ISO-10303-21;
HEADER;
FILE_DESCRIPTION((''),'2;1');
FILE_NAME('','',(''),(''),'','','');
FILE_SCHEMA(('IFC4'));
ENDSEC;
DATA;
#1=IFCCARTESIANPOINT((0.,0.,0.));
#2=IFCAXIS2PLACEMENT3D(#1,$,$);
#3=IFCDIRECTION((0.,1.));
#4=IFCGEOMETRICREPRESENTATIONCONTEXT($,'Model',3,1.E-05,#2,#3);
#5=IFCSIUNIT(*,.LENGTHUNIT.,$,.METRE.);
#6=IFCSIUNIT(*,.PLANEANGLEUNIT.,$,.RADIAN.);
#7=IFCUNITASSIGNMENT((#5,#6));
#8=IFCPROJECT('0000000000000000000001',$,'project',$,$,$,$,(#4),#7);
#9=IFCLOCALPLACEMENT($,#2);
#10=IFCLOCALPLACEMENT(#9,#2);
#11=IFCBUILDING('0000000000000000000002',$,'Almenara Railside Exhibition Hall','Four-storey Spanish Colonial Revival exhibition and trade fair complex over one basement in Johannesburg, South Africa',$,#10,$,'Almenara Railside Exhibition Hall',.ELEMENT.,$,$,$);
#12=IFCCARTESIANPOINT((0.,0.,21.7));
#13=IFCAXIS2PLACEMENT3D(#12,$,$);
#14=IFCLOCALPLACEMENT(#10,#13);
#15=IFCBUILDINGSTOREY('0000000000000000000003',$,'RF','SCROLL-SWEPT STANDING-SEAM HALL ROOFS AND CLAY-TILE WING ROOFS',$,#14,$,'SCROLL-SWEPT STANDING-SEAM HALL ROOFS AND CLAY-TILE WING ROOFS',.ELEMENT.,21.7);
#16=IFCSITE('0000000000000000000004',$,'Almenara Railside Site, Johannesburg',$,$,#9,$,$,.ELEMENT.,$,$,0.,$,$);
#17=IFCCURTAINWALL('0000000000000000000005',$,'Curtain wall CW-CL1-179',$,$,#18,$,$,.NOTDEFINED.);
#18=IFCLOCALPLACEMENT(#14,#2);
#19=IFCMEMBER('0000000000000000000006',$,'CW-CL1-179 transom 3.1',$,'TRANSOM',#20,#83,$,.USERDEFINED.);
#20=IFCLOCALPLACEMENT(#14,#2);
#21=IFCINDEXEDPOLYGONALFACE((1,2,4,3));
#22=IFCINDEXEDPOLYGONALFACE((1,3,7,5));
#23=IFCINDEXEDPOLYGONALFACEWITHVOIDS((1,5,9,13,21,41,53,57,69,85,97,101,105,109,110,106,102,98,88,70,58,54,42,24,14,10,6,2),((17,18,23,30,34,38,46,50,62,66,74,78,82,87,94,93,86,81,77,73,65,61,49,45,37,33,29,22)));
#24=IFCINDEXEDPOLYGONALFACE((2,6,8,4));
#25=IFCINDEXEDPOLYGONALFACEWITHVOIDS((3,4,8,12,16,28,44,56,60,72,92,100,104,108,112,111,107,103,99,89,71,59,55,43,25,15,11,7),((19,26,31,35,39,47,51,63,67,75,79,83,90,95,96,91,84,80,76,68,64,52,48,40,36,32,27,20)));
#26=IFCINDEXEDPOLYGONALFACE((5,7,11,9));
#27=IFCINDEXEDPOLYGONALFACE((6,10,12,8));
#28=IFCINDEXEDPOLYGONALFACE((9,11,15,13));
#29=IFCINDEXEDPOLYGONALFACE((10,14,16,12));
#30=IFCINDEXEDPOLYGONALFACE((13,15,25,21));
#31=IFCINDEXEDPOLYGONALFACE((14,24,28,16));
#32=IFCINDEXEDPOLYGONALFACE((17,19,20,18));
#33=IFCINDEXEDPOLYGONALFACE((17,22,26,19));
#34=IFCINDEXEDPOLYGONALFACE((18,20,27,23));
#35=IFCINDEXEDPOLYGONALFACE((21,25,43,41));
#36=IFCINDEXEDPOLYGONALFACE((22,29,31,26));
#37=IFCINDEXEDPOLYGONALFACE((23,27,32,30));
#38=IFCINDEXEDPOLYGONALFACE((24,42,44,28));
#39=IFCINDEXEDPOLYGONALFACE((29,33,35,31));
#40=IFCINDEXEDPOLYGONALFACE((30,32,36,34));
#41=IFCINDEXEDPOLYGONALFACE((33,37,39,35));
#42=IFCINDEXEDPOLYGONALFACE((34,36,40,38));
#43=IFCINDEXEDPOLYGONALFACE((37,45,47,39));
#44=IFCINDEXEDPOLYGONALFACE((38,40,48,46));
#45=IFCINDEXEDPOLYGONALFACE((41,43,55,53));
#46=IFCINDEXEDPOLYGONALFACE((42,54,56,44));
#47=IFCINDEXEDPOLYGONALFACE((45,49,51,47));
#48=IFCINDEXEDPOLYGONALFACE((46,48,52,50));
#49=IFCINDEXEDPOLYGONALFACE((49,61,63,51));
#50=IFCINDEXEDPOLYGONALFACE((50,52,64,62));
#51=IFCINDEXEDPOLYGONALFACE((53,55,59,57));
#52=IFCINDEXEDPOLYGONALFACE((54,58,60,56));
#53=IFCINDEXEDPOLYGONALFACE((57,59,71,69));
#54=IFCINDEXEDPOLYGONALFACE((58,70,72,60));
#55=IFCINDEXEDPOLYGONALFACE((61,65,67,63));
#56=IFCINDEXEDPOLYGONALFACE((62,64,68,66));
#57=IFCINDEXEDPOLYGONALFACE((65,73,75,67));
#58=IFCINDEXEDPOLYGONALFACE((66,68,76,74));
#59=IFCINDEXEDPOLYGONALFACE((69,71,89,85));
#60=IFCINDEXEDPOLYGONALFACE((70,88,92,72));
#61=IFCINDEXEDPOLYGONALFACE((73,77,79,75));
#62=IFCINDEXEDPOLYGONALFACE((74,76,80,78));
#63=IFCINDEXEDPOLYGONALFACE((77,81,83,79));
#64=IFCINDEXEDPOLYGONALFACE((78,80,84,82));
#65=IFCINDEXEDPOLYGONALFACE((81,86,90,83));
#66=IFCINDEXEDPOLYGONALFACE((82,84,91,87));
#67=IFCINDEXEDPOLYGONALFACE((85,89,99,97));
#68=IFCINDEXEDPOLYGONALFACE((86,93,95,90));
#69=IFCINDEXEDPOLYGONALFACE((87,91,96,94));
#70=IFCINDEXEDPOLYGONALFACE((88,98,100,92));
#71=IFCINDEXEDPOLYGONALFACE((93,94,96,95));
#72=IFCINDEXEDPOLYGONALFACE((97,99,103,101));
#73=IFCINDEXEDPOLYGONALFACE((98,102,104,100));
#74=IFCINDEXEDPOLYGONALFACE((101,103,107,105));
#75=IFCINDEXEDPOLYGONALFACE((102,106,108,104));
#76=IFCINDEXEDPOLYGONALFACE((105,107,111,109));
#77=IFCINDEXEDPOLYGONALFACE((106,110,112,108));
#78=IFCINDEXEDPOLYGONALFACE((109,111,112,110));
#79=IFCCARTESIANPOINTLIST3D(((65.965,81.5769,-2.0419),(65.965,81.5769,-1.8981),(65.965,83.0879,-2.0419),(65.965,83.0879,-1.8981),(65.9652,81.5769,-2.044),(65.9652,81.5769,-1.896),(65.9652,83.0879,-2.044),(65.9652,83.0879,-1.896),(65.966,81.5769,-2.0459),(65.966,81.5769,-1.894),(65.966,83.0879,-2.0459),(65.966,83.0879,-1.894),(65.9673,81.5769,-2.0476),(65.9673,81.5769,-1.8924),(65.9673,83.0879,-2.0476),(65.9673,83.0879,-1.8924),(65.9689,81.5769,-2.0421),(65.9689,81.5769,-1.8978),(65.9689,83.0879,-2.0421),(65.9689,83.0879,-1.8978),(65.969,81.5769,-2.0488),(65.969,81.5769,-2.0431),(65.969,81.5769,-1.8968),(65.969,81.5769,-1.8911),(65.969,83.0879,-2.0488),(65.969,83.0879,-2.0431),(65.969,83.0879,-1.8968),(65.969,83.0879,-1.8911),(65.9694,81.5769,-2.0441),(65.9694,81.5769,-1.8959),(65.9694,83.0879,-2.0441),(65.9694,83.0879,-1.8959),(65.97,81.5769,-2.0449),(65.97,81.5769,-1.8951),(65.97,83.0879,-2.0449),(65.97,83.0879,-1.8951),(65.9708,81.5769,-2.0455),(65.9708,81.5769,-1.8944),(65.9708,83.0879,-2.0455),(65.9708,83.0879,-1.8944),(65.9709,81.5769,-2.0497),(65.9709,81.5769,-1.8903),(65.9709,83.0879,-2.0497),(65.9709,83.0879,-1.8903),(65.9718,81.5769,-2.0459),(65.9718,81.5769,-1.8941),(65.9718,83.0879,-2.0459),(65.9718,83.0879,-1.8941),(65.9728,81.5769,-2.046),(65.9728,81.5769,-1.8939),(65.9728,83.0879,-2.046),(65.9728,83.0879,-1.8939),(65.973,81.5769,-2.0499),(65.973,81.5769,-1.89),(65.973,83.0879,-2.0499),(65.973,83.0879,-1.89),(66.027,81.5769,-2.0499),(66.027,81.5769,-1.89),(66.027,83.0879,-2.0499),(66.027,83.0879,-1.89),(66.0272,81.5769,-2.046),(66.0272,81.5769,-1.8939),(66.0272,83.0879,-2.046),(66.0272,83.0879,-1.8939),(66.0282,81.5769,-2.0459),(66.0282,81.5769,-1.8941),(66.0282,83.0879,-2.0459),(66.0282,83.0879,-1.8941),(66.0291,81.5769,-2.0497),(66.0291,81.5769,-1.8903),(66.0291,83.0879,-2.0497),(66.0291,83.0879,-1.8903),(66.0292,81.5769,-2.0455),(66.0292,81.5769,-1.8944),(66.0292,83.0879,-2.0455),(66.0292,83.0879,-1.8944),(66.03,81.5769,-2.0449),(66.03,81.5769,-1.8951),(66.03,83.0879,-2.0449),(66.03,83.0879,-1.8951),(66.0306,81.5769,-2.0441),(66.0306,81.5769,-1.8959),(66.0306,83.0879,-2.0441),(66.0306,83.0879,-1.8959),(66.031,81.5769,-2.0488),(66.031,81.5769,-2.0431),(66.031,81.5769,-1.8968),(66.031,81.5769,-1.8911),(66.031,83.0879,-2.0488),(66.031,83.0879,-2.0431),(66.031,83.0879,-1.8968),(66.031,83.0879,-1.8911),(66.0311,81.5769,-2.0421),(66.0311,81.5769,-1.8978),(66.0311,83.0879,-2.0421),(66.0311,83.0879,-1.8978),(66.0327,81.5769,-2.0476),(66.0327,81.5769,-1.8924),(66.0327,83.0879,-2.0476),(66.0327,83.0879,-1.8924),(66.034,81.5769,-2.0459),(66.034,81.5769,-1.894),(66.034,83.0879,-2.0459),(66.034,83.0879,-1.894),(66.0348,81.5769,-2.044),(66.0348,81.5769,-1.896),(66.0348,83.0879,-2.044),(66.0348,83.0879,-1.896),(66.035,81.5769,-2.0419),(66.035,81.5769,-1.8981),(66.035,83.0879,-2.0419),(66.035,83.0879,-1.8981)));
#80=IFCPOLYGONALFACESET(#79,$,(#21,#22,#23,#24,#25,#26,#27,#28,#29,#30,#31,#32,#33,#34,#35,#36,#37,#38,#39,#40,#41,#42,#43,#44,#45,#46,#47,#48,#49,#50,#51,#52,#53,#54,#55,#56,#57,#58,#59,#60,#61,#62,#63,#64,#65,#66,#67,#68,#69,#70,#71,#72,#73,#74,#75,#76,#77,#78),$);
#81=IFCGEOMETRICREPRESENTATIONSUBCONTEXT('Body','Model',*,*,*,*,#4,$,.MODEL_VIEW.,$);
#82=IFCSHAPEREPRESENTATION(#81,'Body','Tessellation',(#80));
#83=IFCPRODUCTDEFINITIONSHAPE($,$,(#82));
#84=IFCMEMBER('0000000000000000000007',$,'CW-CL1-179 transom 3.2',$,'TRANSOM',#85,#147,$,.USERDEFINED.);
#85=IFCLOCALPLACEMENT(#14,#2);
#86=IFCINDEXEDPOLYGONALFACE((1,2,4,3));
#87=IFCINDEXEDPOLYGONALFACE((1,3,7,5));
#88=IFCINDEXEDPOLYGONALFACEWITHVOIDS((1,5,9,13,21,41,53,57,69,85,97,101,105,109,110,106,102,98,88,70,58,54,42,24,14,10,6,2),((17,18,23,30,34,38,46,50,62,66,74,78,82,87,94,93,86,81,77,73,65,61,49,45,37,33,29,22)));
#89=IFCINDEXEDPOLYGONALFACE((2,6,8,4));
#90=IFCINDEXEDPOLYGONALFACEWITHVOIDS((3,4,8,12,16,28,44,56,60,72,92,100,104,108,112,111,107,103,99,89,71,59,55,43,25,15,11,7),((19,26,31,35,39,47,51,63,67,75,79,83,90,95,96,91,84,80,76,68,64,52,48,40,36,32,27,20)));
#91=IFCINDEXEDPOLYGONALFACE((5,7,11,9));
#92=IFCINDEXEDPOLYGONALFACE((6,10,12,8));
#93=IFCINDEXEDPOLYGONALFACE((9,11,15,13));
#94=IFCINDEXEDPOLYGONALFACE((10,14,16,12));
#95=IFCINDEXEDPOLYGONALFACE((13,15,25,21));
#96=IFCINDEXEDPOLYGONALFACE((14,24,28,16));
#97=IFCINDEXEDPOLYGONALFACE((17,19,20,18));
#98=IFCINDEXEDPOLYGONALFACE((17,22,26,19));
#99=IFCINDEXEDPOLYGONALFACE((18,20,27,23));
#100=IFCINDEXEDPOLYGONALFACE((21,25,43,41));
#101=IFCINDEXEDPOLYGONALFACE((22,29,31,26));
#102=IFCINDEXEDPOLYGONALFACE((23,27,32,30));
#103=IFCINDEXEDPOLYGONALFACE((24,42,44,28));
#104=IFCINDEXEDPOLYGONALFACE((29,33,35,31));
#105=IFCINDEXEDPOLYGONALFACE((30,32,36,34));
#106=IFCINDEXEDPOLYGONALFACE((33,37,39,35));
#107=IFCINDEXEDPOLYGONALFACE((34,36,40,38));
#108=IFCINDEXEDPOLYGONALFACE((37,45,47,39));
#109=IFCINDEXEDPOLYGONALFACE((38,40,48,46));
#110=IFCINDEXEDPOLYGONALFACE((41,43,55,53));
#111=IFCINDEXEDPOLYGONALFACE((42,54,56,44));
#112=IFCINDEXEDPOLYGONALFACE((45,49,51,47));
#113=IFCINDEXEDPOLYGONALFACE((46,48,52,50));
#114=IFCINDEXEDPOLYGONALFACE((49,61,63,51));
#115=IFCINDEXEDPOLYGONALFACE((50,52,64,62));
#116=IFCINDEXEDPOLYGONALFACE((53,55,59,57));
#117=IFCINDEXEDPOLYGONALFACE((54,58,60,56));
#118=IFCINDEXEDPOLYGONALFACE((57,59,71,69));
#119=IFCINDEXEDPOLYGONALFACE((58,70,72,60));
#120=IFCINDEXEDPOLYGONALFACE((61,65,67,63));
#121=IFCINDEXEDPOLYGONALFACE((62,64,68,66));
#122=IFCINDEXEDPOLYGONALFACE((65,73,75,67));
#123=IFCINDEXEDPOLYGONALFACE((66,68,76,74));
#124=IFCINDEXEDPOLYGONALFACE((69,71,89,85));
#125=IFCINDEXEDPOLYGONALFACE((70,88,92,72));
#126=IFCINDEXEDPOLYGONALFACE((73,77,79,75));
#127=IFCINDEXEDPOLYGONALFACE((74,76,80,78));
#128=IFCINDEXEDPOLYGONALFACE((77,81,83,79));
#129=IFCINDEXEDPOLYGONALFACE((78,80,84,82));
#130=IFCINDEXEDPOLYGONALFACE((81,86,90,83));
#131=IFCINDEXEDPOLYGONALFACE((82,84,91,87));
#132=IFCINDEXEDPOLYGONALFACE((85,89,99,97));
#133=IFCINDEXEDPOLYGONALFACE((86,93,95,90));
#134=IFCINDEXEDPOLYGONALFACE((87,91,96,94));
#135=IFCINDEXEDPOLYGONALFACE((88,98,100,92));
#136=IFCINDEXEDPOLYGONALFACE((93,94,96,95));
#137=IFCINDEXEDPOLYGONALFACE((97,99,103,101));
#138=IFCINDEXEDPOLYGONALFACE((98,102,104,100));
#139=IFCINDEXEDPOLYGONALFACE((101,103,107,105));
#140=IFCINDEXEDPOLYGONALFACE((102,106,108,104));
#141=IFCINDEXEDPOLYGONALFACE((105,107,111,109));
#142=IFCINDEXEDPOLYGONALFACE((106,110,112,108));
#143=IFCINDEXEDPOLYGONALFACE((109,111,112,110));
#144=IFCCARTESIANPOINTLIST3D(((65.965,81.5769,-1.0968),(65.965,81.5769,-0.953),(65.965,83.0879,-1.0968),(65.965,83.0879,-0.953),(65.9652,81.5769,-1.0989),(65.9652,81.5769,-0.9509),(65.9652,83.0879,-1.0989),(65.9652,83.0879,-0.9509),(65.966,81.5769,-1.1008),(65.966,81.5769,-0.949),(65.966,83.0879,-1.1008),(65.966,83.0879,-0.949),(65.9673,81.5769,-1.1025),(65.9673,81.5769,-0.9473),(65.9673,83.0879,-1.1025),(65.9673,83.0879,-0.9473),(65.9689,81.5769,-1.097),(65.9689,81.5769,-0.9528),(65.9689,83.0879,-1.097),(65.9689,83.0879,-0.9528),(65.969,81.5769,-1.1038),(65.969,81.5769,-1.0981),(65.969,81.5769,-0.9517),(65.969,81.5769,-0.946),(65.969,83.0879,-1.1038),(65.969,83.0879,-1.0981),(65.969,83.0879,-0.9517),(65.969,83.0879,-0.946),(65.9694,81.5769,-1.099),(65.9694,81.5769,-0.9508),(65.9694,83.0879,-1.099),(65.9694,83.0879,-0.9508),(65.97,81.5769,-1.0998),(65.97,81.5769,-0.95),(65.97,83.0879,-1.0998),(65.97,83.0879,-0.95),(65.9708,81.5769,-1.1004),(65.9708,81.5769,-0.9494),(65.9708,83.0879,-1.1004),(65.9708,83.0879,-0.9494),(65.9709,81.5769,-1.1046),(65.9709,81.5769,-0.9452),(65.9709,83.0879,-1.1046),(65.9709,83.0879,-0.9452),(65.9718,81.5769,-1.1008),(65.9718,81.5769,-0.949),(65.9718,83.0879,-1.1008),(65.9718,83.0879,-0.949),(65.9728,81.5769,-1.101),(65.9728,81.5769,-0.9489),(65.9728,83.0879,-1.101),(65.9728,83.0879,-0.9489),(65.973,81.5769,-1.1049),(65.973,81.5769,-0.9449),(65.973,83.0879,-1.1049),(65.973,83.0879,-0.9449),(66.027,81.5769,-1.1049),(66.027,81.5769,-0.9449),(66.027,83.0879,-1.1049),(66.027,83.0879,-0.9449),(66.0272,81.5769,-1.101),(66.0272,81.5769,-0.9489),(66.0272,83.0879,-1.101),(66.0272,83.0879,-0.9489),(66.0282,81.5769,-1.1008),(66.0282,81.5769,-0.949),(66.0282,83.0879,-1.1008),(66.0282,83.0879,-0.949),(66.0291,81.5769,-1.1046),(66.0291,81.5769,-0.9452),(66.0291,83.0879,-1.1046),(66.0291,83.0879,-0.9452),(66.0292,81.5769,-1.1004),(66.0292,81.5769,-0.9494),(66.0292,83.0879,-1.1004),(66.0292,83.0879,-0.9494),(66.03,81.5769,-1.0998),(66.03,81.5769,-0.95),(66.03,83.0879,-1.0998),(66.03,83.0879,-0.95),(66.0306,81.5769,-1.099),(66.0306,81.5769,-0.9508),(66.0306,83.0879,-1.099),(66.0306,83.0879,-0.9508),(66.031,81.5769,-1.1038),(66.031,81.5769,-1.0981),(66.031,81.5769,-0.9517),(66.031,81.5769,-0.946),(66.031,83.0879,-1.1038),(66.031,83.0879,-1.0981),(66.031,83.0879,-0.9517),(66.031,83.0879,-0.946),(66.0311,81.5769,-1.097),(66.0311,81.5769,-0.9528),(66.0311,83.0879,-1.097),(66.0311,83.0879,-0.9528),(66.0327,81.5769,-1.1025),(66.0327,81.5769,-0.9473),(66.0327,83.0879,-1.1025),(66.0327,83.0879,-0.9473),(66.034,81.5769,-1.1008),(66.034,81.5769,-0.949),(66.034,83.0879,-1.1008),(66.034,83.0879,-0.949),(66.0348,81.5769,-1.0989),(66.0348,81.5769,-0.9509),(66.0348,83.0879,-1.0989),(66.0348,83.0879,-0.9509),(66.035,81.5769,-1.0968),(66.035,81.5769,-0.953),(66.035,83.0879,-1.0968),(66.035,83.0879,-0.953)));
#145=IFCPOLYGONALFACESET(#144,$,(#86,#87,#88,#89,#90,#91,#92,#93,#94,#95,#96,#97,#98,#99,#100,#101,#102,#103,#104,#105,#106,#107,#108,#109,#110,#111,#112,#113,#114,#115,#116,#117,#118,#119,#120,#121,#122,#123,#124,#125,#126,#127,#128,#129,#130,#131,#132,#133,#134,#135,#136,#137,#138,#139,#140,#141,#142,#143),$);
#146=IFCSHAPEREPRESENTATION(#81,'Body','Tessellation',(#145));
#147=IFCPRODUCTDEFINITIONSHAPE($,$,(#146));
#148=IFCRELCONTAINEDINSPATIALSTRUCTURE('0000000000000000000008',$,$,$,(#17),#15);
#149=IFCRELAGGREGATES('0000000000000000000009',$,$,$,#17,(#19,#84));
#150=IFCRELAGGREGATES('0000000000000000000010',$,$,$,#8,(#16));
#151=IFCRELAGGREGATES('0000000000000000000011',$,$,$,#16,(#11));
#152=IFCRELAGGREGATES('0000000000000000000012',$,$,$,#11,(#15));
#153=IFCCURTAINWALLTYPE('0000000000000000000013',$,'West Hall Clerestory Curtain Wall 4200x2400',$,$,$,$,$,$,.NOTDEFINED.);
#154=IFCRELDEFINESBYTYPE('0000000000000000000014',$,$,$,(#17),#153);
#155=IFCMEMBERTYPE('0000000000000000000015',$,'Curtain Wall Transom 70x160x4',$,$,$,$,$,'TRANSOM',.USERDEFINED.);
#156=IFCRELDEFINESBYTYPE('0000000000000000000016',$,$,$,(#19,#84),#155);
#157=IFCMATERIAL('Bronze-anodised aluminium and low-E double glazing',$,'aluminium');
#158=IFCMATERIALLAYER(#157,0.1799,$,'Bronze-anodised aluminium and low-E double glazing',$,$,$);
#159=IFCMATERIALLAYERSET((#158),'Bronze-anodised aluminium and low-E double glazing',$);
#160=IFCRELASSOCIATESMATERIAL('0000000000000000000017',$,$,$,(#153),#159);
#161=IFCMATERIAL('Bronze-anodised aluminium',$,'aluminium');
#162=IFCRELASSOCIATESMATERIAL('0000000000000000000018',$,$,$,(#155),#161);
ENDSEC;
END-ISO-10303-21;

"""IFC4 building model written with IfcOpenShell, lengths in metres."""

from ifc_helpers import new_model, si_unit, direction, frame, origin, origin_2d, place, context, subcontext, project, spatial, hollow_rectangle, extrude, material, layer, layer_set, material_profile, profile_set, type_object, element, aggregate, save


model = new_model("IFC4")

# Units and contexts
model_context = context("Model", 3, precision=1e-05, world=origin(), true_north=direction((0.0, 1.0)))
body_context = subcontext(model_context, "Body", "Model", "MODEL_VIEW")
ifc_project = project(units=[si_unit("LENGTHUNIT", "METRE"), si_unit("PLANEANGLEUNIT", "RADIAN")], contexts=[model_context])

# Site, building, storey
site_placement = place(None, origin())
site = spatial("IfcSite", under=ifc_project, at=site_placement, Name="Almenara Railside Site, Johannesburg", CompositionType="ELEMENT", RefElevation=0.0)
building_placement = place(site_placement, origin())
building = spatial("IfcBuilding", under=site, at=building_placement, Name="Almenara Railside Exhibition Hall", Description="Four-storey Spanish Colonial Revival exhibition and trade fair complex over one basement in Johannesburg, South Africa", LongName="Almenara Railside Exhibition Hall", CompositionType="ELEMENT")
storey_placement = place(building_placement, frame((0.0, 0.0, 21.7)))
storey = spatial("IfcBuildingStorey", under=building, at=storey_placement, Name="RF", Description="SCROLL-SWEPT STANDING-SEAM HALL ROOFS AND CLAY-TILE WING ROOFS", LongName="SCROLL-SWEPT STANDING-SEAM HALL ROOFS AND CLAY-TILE WING ROOFS", CompositionType="ELEMENT", Elevation=21.7)

# Curtain wall
ifc_material_1 = material(Name="Bronze-anodised aluminium and low-E double glazing", Category="aluminium")
ifc_layer_1 = layer(ifc_material_1, 0.1799, Name="Bronze-anodised aluminium and low-E double glazing")
ifc_layer_set_1 = layer_set([ifc_layer_1], Name="Bronze-anodised aluminium and low-E double glazing")
curtain_wall_type = type_object("IfcCurtainWallType", Name="West Hall Clerestory Curtain Wall 4200x2400", PredefinedType="NOTDEFINED", material=ifc_layer_set_1)
ifc_material_2 = material(Name="Bronze-anodised aluminium", Category="aluminium")
curtain_wall_1_placement = place(storey_placement, origin())
curtain_wall_1 = element("IfcCurtainWall", 1, at=curtain_wall_1_placement, inside=storey, type_object=curtain_wall_type, Name="Curtain wall CW-CL1-179", PredefinedType="NOTDEFINED")

# Members
ifc_material_profile_1 = material_profile(ifc_material_2, hollow_rectangle(XDim=0.0701, YDim=0.1599, WallThickness=0.0039, InnerFilletRadius=0.0039, OuterFilletRadius=0.0081, at=origin_2d()), Name="ALU-TRN 70x160x4")
ifc_profile_set_1 = profile_set([ifc_material_profile_1], Name="Bronze-anodised aluminium")
member_type_1 = type_object("IfcMemberType", Name="Curtain Wall Transom 70x160x4", ElementType="TRANSOM", PredefinedType="USERDEFINED", material=ifc_profile_set_1)
member_1_placement = place(storey_placement, frame((66.0, 81.5769, -1.97), z_axis=(0.0, 1.0, 0.0), x_axis=(-1.0, 0.0, 0.0)))
member_1 = element("IfcMember", 2, at=member_1_placement, type_object=member_type_1, Name="CW-CL1-179 transom 3.1", ObjectType="TRANSOM", PredefinedType="USERDEFINED", context=body_context, shape_type="SweptSolid", body=[
    extrude(hollow_rectangle(XDim=0.0701, YDim=0.1599, WallThickness=0.0039, InnerFilletRadius=0.0039, OuterFilletRadius=0.0081, at=origin_2d()), origin(), (0.0, 0.0, 1.0), 1.511),
])
member_2_placement = place(storey_placement, frame((66.0, 81.5769, -1.0249), z_axis=(0.0, 1.0, 0.0), x_axis=(-1.0, 0.0, 0.0)))
member_2 = element("IfcMember", 3, at=member_2_placement, type_object=member_type_1, Name="CW-CL1-179 transom 3.2", ObjectType="TRANSOM", PredefinedType="USERDEFINED", context=body_context, shape_type="SweptSolid", body=[
    extrude(hollow_rectangle(XDim=0.0701, YDim=0.1599, WallThickness=0.0039, InnerFilletRadius=0.0039, OuterFilletRadius=0.0081, at=origin_2d()), origin(), (0.0, 0.0, 1.0), 1.511),
])

aggregate(curtain_wall_1, [member_1, member_2])

save(model, "model.ifc")
